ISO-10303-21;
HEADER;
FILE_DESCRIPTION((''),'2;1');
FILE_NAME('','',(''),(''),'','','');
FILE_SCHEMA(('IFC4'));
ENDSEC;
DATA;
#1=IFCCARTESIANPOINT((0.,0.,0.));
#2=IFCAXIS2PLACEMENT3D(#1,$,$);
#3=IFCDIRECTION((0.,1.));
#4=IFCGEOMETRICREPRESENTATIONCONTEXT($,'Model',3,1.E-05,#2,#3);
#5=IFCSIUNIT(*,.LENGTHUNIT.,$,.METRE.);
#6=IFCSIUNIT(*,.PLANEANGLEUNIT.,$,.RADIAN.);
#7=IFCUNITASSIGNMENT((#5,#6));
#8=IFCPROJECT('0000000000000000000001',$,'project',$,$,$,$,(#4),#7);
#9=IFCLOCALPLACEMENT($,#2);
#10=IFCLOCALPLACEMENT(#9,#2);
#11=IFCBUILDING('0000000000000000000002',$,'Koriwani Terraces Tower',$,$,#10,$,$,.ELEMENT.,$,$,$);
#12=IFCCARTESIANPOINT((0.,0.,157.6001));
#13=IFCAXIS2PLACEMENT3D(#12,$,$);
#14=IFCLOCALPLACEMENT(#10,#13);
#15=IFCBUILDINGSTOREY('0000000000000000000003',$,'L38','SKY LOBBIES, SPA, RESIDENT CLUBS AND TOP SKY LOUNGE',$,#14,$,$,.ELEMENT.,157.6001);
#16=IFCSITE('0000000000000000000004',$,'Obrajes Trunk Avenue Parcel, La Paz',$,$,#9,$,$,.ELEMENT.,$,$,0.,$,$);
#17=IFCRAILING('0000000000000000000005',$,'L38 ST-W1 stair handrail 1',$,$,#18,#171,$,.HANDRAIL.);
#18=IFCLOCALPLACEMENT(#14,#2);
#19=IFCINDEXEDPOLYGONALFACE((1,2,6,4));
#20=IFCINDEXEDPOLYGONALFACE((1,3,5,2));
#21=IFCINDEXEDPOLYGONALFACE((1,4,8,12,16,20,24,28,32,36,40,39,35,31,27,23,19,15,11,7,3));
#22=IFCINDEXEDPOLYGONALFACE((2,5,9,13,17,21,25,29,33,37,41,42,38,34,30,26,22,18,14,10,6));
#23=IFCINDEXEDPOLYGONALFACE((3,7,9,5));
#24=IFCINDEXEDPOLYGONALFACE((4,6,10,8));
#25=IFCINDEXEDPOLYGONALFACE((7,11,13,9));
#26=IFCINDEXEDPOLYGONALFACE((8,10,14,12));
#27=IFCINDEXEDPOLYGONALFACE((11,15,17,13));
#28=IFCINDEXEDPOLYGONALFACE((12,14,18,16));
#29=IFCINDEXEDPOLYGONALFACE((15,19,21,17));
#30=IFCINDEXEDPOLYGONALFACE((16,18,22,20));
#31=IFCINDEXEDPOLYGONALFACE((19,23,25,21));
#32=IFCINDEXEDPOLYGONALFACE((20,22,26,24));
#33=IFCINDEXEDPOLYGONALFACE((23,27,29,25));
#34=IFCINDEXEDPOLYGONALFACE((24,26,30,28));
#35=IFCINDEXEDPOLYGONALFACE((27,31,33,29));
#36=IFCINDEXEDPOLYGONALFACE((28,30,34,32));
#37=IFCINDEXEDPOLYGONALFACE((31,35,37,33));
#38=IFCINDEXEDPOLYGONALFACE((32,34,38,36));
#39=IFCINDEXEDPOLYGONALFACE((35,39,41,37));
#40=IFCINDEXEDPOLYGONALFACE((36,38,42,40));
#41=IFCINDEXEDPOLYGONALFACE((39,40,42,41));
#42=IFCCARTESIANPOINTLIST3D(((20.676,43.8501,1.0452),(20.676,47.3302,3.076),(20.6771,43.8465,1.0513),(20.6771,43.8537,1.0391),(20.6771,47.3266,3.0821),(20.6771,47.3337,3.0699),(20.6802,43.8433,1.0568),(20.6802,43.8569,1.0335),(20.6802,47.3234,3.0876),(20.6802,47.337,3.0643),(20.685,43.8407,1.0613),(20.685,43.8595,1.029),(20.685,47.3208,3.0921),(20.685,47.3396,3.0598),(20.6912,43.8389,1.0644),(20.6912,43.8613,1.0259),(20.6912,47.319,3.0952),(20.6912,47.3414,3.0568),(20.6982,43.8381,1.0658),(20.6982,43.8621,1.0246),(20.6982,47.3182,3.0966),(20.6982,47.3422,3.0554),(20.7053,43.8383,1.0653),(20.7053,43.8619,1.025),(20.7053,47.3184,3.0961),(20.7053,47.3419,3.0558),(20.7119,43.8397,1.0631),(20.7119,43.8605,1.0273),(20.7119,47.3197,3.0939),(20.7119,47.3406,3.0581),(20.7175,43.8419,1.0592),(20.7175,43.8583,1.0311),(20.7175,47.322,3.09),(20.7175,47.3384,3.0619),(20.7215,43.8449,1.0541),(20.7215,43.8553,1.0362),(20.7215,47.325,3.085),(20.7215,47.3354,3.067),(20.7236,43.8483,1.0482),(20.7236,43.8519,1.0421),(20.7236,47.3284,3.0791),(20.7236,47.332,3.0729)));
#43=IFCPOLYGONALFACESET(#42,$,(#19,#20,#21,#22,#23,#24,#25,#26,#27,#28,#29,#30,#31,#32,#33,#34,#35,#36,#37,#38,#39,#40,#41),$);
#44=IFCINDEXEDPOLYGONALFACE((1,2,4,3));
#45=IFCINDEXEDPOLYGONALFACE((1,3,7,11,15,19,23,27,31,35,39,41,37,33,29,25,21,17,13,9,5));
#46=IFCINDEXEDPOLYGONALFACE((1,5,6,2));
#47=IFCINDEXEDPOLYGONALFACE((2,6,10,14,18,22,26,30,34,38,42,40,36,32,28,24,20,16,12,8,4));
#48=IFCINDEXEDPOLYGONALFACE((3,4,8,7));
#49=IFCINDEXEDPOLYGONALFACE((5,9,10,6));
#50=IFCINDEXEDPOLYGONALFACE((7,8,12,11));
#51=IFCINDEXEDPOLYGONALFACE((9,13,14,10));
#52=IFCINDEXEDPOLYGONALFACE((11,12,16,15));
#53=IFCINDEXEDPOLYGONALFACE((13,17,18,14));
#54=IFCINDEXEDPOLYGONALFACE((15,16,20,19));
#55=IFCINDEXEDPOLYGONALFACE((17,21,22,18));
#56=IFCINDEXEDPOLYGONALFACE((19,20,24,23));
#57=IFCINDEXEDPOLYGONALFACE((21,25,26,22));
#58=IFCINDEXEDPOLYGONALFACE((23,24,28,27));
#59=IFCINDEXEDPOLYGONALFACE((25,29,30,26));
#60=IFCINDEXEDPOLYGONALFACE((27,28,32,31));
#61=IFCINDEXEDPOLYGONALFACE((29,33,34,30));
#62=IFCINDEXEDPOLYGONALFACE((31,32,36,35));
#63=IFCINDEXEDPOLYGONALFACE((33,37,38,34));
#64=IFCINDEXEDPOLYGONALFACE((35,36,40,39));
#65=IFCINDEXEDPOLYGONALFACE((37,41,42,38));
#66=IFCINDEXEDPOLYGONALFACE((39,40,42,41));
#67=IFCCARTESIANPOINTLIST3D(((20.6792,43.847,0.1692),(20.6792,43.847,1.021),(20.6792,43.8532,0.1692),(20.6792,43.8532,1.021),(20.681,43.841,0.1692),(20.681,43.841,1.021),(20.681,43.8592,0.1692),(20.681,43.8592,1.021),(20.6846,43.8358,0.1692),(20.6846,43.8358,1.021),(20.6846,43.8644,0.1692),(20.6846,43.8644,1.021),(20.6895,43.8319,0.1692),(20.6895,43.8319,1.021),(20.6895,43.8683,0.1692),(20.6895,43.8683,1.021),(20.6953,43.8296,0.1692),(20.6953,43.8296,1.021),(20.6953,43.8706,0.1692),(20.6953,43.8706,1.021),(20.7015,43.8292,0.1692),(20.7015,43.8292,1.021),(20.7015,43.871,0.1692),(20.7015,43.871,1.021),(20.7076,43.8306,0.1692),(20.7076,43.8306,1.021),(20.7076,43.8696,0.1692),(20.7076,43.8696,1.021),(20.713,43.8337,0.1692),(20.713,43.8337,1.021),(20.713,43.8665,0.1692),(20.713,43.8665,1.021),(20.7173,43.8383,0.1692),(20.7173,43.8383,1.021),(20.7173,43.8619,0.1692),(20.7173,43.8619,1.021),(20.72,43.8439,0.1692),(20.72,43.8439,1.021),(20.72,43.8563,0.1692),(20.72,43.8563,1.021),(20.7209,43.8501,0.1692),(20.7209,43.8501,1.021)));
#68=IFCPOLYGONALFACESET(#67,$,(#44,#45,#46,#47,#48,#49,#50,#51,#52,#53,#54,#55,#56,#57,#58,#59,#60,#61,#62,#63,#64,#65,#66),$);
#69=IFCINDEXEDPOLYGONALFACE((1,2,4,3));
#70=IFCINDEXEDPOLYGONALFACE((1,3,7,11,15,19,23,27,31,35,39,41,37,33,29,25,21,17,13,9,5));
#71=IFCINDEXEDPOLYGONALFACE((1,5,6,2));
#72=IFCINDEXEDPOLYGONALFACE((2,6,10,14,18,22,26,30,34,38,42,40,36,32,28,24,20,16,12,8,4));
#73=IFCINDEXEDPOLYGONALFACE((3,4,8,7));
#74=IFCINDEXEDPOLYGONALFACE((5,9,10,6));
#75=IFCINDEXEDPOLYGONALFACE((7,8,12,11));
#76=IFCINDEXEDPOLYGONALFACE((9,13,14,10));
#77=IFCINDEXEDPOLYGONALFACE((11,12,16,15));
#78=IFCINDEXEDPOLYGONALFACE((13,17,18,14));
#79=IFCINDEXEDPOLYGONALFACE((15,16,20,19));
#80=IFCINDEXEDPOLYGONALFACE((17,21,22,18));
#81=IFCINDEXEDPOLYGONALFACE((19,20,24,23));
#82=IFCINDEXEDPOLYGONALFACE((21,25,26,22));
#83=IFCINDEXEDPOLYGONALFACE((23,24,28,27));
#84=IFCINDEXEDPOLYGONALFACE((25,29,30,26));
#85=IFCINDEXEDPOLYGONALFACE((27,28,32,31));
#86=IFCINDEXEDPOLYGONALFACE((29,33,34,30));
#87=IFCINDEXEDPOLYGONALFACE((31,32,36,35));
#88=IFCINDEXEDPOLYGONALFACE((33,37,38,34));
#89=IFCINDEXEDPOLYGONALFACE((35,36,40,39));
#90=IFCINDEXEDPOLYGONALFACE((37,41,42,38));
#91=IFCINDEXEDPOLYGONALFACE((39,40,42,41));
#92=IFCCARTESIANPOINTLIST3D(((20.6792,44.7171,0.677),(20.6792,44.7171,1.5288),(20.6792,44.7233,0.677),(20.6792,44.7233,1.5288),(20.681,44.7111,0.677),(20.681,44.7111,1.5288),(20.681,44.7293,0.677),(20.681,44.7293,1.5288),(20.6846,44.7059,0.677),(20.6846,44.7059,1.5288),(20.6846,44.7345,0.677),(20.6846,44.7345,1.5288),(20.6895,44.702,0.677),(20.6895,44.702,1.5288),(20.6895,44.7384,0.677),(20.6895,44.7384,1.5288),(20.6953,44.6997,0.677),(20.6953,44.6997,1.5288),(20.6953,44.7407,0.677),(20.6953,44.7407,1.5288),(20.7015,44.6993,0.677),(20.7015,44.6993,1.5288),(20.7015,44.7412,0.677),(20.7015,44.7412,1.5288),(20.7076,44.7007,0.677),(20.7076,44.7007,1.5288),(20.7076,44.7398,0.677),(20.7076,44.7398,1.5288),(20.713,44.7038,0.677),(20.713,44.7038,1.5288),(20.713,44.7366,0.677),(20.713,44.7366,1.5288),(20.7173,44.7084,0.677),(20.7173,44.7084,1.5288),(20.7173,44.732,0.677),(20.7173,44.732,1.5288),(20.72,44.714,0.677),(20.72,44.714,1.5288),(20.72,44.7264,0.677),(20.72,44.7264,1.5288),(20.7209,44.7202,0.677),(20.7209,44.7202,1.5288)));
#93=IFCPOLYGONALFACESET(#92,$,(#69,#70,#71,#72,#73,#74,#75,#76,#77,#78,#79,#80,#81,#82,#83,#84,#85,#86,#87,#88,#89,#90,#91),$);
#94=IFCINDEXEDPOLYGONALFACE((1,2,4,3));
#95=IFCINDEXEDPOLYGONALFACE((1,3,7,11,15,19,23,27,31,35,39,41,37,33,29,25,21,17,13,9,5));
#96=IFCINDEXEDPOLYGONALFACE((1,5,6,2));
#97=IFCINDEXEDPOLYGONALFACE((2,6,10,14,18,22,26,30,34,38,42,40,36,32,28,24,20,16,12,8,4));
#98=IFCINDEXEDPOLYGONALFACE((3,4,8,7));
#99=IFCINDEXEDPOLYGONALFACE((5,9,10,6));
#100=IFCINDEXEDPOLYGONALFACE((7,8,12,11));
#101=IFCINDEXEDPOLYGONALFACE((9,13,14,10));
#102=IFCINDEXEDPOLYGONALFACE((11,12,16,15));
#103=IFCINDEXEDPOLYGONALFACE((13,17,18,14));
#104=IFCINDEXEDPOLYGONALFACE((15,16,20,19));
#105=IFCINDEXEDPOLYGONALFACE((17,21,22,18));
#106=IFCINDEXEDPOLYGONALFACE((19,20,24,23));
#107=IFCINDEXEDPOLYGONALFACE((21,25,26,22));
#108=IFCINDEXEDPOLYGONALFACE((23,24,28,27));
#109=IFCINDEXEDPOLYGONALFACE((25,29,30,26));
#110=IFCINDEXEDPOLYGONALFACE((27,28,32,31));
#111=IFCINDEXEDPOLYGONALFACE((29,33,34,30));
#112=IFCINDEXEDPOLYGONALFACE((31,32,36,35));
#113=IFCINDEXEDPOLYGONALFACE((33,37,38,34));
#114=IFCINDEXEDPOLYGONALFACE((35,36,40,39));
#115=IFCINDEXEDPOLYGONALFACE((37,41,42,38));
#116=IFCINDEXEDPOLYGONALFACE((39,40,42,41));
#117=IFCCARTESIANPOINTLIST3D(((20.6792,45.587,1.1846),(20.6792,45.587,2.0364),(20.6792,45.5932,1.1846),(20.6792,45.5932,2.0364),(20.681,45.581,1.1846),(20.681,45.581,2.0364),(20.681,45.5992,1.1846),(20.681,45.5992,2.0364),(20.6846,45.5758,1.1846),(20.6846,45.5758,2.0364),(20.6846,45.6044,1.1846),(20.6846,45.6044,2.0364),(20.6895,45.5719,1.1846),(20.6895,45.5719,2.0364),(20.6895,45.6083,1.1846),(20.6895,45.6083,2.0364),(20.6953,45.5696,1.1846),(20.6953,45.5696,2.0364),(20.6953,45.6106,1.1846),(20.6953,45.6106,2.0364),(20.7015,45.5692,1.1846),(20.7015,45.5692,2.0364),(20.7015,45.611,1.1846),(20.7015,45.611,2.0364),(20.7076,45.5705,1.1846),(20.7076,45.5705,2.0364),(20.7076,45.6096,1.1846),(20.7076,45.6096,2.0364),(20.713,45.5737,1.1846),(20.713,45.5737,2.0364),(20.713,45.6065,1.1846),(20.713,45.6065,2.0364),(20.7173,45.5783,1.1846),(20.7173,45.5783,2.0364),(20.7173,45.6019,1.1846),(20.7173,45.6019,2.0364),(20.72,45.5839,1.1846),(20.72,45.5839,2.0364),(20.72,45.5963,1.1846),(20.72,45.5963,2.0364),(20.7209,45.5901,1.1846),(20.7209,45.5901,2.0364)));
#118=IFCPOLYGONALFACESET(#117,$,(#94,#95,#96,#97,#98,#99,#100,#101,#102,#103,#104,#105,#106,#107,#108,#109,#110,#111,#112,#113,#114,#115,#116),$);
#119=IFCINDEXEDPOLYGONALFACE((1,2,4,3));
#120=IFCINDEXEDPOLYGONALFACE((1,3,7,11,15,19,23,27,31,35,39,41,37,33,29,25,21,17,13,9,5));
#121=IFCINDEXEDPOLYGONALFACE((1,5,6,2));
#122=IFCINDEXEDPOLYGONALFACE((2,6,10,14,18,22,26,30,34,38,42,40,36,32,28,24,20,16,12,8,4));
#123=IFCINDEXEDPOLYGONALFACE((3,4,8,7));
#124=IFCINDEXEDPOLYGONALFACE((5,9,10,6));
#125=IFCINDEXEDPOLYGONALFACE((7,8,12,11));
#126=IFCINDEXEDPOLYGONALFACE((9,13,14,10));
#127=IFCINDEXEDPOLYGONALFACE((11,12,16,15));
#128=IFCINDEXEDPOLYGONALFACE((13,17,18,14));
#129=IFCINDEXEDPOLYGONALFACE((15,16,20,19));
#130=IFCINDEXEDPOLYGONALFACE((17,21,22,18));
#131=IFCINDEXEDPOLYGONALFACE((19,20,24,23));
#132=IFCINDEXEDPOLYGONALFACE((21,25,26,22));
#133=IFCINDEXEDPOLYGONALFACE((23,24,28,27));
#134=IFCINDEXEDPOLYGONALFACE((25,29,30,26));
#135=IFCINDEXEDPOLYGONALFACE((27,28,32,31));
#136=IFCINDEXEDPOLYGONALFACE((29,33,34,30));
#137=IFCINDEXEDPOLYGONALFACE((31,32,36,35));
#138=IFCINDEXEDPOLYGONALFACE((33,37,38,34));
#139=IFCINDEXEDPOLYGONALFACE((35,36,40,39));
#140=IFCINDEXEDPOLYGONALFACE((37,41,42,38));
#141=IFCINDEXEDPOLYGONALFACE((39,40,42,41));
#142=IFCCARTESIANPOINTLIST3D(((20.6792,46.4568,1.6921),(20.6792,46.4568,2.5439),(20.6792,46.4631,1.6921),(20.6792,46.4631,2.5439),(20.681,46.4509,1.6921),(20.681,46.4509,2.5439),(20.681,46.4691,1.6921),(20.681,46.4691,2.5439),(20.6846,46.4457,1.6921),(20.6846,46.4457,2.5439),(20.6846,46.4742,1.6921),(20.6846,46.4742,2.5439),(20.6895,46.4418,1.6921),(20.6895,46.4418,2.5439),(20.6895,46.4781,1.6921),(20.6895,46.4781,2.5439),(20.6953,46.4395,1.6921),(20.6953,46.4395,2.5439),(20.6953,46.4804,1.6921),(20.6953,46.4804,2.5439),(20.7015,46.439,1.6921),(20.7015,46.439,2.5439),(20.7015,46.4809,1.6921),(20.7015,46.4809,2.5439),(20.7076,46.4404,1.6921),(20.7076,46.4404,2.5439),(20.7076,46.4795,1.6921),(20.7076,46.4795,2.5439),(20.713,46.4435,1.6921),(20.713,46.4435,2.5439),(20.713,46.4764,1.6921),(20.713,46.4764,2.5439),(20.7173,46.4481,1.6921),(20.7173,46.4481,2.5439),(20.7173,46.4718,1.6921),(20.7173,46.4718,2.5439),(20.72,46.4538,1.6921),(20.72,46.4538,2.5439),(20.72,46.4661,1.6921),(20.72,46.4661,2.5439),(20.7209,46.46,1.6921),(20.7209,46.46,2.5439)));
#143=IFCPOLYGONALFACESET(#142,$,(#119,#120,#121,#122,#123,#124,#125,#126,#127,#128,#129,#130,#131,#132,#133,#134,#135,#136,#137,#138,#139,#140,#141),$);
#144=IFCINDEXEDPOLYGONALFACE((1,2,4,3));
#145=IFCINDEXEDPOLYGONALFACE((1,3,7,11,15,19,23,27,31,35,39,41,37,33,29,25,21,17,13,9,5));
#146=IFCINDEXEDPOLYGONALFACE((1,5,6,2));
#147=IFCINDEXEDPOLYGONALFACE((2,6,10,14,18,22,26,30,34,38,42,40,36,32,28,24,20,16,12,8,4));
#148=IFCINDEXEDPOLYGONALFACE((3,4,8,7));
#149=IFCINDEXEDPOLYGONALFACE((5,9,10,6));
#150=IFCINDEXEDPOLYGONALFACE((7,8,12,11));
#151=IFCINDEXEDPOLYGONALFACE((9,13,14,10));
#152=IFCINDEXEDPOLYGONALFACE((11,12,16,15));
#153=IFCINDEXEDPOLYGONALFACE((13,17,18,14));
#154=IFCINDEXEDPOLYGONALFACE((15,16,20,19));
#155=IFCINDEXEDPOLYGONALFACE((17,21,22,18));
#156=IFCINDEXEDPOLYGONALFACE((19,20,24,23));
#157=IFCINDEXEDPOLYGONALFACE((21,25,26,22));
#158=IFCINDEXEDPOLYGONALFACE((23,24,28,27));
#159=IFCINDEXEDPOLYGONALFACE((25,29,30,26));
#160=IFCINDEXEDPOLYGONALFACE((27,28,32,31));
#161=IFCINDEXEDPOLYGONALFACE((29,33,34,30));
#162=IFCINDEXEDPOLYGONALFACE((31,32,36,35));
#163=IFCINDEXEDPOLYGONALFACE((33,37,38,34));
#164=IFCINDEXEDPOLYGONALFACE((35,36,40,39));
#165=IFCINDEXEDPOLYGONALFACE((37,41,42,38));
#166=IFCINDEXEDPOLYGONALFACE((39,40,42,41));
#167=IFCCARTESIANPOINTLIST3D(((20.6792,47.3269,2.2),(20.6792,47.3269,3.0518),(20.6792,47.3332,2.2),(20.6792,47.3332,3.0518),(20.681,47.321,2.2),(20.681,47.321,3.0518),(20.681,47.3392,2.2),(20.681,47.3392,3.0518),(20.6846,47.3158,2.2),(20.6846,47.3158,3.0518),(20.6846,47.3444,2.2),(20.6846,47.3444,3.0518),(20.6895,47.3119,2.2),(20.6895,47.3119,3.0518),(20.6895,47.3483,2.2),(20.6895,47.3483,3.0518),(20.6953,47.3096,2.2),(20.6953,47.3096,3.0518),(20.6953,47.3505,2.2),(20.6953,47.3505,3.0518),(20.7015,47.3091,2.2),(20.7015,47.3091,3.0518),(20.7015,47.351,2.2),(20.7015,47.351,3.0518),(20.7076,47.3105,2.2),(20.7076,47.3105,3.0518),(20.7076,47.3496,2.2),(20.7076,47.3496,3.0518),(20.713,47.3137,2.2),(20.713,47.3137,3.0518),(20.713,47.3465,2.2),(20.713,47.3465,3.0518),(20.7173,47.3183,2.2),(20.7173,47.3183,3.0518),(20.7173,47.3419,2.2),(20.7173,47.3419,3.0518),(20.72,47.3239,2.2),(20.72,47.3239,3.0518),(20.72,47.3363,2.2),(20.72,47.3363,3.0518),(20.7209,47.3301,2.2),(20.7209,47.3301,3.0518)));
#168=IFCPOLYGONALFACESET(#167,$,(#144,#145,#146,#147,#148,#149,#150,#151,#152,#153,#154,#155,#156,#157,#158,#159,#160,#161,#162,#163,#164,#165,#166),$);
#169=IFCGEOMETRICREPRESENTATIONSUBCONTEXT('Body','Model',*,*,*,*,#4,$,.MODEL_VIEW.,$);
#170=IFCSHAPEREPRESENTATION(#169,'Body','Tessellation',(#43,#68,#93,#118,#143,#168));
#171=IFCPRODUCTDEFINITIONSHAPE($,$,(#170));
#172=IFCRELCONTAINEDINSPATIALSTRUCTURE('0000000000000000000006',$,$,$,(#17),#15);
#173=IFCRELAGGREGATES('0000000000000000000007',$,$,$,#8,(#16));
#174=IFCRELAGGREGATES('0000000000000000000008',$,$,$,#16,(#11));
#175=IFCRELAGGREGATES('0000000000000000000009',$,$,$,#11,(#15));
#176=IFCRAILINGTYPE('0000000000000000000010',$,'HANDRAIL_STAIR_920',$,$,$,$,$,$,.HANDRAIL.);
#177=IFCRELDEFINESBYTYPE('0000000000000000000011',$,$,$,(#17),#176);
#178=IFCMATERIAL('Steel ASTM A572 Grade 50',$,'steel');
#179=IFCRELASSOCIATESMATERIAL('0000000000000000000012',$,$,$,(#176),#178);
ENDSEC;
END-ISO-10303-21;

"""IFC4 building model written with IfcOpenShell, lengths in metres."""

from ifc_helpers import new_model, si_unit, direction, frame, origin, origin_2d, place, context, subcontext, project, spatial, circle, extrude, material, type_object, element, save


model = new_model("IFC4")

# Units and contexts
model_context = context("Model", 3, precision=1e-05, world=origin(), true_north=direction((0.0, 1.0)))
body_context = subcontext(model_context, "Body", "Model", "MODEL_VIEW")
ifc_project = project(units=[si_unit("LENGTHUNIT", "METRE"), si_unit("PLANEANGLEUNIT", "RADIAN")], contexts=[model_context])

# Site, building, storey
site_placement = place(None, origin())
site = spatial("IfcSite", under=ifc_project, at=site_placement, Name="Obrajes Trunk Avenue Parcel, La Paz", CompositionType="ELEMENT", RefElevation=0.0)
building_placement = place(site_placement, origin())
building = spatial("IfcBuilding", under=site, at=building_placement, Name="Koriwani Terraces Tower", CompositionType="ELEMENT")
storey_placement = place(building_placement, frame((0.0, 0.0, 157.6001)))
storey = spatial("IfcBuildingStorey", under=building, at=storey_placement, Name="L38", Description="SKY LOBBIES, SPA, RESIDENT CLUBS AND TOP SKY LOUNGE", CompositionType="ELEMENT", Elevation=157.6001)

# Shared definitions
ifc_material_1 = material(Name="Steel ASTM A572 Grade 50", Category="steel")

# Railing
railing_type_1 = type_object("IfcRailingType", Name="HANDRAIL_STAIR_920", PredefinedType="HANDRAIL", material=ifc_material_1)
railing_1_placement = place(storey_placement, frame((20.7, 43.8501, 0.1692)))
element("IfcRailing", 1, at=railing_1_placement, inside=storey, type_object=railing_type_1, Name="L38 ST-W1 stair handrail 1", PredefinedType="HANDRAIL", context=body_context, shape_type="SweptSolid", body=[
    extrude(circle(Radius=0.0239, at=origin_2d()), frame((0.0, 0.0, 0.876), z_axis=(0.0, 0.863695, 0.504014), x_axis=(-1.0, 0.0, 0.0)), (0.0, 0.0, 1.0), 4.0293),
    extrude(circle(Radius=0.021, at=origin_2d()), origin(), (0.0, 0.0, 1.0), 0.8518),
    extrude(circle(Radius=0.021, at=origin_2d()), frame((0.0, 0.8701, 0.5078)), (0.0, 0.0, 1.0), 0.8518),
    extrude(circle(Radius=0.021, at=origin_2d()), frame((0.0, 1.74, 1.0154)), (0.0, 0.0, 1.0), 0.8518),
    extrude(circle(Radius=0.021, at=origin_2d()), frame((0.0, 2.6099, 1.5229)), (0.0, 0.0, 1.0), 0.8518),
    extrude(circle(Radius=0.021, at=origin_2d()), frame((0.0, 3.48, 2.0308)), (0.0, 0.0, 1.0), 0.8518),
])

save(model, "model.ifc")
